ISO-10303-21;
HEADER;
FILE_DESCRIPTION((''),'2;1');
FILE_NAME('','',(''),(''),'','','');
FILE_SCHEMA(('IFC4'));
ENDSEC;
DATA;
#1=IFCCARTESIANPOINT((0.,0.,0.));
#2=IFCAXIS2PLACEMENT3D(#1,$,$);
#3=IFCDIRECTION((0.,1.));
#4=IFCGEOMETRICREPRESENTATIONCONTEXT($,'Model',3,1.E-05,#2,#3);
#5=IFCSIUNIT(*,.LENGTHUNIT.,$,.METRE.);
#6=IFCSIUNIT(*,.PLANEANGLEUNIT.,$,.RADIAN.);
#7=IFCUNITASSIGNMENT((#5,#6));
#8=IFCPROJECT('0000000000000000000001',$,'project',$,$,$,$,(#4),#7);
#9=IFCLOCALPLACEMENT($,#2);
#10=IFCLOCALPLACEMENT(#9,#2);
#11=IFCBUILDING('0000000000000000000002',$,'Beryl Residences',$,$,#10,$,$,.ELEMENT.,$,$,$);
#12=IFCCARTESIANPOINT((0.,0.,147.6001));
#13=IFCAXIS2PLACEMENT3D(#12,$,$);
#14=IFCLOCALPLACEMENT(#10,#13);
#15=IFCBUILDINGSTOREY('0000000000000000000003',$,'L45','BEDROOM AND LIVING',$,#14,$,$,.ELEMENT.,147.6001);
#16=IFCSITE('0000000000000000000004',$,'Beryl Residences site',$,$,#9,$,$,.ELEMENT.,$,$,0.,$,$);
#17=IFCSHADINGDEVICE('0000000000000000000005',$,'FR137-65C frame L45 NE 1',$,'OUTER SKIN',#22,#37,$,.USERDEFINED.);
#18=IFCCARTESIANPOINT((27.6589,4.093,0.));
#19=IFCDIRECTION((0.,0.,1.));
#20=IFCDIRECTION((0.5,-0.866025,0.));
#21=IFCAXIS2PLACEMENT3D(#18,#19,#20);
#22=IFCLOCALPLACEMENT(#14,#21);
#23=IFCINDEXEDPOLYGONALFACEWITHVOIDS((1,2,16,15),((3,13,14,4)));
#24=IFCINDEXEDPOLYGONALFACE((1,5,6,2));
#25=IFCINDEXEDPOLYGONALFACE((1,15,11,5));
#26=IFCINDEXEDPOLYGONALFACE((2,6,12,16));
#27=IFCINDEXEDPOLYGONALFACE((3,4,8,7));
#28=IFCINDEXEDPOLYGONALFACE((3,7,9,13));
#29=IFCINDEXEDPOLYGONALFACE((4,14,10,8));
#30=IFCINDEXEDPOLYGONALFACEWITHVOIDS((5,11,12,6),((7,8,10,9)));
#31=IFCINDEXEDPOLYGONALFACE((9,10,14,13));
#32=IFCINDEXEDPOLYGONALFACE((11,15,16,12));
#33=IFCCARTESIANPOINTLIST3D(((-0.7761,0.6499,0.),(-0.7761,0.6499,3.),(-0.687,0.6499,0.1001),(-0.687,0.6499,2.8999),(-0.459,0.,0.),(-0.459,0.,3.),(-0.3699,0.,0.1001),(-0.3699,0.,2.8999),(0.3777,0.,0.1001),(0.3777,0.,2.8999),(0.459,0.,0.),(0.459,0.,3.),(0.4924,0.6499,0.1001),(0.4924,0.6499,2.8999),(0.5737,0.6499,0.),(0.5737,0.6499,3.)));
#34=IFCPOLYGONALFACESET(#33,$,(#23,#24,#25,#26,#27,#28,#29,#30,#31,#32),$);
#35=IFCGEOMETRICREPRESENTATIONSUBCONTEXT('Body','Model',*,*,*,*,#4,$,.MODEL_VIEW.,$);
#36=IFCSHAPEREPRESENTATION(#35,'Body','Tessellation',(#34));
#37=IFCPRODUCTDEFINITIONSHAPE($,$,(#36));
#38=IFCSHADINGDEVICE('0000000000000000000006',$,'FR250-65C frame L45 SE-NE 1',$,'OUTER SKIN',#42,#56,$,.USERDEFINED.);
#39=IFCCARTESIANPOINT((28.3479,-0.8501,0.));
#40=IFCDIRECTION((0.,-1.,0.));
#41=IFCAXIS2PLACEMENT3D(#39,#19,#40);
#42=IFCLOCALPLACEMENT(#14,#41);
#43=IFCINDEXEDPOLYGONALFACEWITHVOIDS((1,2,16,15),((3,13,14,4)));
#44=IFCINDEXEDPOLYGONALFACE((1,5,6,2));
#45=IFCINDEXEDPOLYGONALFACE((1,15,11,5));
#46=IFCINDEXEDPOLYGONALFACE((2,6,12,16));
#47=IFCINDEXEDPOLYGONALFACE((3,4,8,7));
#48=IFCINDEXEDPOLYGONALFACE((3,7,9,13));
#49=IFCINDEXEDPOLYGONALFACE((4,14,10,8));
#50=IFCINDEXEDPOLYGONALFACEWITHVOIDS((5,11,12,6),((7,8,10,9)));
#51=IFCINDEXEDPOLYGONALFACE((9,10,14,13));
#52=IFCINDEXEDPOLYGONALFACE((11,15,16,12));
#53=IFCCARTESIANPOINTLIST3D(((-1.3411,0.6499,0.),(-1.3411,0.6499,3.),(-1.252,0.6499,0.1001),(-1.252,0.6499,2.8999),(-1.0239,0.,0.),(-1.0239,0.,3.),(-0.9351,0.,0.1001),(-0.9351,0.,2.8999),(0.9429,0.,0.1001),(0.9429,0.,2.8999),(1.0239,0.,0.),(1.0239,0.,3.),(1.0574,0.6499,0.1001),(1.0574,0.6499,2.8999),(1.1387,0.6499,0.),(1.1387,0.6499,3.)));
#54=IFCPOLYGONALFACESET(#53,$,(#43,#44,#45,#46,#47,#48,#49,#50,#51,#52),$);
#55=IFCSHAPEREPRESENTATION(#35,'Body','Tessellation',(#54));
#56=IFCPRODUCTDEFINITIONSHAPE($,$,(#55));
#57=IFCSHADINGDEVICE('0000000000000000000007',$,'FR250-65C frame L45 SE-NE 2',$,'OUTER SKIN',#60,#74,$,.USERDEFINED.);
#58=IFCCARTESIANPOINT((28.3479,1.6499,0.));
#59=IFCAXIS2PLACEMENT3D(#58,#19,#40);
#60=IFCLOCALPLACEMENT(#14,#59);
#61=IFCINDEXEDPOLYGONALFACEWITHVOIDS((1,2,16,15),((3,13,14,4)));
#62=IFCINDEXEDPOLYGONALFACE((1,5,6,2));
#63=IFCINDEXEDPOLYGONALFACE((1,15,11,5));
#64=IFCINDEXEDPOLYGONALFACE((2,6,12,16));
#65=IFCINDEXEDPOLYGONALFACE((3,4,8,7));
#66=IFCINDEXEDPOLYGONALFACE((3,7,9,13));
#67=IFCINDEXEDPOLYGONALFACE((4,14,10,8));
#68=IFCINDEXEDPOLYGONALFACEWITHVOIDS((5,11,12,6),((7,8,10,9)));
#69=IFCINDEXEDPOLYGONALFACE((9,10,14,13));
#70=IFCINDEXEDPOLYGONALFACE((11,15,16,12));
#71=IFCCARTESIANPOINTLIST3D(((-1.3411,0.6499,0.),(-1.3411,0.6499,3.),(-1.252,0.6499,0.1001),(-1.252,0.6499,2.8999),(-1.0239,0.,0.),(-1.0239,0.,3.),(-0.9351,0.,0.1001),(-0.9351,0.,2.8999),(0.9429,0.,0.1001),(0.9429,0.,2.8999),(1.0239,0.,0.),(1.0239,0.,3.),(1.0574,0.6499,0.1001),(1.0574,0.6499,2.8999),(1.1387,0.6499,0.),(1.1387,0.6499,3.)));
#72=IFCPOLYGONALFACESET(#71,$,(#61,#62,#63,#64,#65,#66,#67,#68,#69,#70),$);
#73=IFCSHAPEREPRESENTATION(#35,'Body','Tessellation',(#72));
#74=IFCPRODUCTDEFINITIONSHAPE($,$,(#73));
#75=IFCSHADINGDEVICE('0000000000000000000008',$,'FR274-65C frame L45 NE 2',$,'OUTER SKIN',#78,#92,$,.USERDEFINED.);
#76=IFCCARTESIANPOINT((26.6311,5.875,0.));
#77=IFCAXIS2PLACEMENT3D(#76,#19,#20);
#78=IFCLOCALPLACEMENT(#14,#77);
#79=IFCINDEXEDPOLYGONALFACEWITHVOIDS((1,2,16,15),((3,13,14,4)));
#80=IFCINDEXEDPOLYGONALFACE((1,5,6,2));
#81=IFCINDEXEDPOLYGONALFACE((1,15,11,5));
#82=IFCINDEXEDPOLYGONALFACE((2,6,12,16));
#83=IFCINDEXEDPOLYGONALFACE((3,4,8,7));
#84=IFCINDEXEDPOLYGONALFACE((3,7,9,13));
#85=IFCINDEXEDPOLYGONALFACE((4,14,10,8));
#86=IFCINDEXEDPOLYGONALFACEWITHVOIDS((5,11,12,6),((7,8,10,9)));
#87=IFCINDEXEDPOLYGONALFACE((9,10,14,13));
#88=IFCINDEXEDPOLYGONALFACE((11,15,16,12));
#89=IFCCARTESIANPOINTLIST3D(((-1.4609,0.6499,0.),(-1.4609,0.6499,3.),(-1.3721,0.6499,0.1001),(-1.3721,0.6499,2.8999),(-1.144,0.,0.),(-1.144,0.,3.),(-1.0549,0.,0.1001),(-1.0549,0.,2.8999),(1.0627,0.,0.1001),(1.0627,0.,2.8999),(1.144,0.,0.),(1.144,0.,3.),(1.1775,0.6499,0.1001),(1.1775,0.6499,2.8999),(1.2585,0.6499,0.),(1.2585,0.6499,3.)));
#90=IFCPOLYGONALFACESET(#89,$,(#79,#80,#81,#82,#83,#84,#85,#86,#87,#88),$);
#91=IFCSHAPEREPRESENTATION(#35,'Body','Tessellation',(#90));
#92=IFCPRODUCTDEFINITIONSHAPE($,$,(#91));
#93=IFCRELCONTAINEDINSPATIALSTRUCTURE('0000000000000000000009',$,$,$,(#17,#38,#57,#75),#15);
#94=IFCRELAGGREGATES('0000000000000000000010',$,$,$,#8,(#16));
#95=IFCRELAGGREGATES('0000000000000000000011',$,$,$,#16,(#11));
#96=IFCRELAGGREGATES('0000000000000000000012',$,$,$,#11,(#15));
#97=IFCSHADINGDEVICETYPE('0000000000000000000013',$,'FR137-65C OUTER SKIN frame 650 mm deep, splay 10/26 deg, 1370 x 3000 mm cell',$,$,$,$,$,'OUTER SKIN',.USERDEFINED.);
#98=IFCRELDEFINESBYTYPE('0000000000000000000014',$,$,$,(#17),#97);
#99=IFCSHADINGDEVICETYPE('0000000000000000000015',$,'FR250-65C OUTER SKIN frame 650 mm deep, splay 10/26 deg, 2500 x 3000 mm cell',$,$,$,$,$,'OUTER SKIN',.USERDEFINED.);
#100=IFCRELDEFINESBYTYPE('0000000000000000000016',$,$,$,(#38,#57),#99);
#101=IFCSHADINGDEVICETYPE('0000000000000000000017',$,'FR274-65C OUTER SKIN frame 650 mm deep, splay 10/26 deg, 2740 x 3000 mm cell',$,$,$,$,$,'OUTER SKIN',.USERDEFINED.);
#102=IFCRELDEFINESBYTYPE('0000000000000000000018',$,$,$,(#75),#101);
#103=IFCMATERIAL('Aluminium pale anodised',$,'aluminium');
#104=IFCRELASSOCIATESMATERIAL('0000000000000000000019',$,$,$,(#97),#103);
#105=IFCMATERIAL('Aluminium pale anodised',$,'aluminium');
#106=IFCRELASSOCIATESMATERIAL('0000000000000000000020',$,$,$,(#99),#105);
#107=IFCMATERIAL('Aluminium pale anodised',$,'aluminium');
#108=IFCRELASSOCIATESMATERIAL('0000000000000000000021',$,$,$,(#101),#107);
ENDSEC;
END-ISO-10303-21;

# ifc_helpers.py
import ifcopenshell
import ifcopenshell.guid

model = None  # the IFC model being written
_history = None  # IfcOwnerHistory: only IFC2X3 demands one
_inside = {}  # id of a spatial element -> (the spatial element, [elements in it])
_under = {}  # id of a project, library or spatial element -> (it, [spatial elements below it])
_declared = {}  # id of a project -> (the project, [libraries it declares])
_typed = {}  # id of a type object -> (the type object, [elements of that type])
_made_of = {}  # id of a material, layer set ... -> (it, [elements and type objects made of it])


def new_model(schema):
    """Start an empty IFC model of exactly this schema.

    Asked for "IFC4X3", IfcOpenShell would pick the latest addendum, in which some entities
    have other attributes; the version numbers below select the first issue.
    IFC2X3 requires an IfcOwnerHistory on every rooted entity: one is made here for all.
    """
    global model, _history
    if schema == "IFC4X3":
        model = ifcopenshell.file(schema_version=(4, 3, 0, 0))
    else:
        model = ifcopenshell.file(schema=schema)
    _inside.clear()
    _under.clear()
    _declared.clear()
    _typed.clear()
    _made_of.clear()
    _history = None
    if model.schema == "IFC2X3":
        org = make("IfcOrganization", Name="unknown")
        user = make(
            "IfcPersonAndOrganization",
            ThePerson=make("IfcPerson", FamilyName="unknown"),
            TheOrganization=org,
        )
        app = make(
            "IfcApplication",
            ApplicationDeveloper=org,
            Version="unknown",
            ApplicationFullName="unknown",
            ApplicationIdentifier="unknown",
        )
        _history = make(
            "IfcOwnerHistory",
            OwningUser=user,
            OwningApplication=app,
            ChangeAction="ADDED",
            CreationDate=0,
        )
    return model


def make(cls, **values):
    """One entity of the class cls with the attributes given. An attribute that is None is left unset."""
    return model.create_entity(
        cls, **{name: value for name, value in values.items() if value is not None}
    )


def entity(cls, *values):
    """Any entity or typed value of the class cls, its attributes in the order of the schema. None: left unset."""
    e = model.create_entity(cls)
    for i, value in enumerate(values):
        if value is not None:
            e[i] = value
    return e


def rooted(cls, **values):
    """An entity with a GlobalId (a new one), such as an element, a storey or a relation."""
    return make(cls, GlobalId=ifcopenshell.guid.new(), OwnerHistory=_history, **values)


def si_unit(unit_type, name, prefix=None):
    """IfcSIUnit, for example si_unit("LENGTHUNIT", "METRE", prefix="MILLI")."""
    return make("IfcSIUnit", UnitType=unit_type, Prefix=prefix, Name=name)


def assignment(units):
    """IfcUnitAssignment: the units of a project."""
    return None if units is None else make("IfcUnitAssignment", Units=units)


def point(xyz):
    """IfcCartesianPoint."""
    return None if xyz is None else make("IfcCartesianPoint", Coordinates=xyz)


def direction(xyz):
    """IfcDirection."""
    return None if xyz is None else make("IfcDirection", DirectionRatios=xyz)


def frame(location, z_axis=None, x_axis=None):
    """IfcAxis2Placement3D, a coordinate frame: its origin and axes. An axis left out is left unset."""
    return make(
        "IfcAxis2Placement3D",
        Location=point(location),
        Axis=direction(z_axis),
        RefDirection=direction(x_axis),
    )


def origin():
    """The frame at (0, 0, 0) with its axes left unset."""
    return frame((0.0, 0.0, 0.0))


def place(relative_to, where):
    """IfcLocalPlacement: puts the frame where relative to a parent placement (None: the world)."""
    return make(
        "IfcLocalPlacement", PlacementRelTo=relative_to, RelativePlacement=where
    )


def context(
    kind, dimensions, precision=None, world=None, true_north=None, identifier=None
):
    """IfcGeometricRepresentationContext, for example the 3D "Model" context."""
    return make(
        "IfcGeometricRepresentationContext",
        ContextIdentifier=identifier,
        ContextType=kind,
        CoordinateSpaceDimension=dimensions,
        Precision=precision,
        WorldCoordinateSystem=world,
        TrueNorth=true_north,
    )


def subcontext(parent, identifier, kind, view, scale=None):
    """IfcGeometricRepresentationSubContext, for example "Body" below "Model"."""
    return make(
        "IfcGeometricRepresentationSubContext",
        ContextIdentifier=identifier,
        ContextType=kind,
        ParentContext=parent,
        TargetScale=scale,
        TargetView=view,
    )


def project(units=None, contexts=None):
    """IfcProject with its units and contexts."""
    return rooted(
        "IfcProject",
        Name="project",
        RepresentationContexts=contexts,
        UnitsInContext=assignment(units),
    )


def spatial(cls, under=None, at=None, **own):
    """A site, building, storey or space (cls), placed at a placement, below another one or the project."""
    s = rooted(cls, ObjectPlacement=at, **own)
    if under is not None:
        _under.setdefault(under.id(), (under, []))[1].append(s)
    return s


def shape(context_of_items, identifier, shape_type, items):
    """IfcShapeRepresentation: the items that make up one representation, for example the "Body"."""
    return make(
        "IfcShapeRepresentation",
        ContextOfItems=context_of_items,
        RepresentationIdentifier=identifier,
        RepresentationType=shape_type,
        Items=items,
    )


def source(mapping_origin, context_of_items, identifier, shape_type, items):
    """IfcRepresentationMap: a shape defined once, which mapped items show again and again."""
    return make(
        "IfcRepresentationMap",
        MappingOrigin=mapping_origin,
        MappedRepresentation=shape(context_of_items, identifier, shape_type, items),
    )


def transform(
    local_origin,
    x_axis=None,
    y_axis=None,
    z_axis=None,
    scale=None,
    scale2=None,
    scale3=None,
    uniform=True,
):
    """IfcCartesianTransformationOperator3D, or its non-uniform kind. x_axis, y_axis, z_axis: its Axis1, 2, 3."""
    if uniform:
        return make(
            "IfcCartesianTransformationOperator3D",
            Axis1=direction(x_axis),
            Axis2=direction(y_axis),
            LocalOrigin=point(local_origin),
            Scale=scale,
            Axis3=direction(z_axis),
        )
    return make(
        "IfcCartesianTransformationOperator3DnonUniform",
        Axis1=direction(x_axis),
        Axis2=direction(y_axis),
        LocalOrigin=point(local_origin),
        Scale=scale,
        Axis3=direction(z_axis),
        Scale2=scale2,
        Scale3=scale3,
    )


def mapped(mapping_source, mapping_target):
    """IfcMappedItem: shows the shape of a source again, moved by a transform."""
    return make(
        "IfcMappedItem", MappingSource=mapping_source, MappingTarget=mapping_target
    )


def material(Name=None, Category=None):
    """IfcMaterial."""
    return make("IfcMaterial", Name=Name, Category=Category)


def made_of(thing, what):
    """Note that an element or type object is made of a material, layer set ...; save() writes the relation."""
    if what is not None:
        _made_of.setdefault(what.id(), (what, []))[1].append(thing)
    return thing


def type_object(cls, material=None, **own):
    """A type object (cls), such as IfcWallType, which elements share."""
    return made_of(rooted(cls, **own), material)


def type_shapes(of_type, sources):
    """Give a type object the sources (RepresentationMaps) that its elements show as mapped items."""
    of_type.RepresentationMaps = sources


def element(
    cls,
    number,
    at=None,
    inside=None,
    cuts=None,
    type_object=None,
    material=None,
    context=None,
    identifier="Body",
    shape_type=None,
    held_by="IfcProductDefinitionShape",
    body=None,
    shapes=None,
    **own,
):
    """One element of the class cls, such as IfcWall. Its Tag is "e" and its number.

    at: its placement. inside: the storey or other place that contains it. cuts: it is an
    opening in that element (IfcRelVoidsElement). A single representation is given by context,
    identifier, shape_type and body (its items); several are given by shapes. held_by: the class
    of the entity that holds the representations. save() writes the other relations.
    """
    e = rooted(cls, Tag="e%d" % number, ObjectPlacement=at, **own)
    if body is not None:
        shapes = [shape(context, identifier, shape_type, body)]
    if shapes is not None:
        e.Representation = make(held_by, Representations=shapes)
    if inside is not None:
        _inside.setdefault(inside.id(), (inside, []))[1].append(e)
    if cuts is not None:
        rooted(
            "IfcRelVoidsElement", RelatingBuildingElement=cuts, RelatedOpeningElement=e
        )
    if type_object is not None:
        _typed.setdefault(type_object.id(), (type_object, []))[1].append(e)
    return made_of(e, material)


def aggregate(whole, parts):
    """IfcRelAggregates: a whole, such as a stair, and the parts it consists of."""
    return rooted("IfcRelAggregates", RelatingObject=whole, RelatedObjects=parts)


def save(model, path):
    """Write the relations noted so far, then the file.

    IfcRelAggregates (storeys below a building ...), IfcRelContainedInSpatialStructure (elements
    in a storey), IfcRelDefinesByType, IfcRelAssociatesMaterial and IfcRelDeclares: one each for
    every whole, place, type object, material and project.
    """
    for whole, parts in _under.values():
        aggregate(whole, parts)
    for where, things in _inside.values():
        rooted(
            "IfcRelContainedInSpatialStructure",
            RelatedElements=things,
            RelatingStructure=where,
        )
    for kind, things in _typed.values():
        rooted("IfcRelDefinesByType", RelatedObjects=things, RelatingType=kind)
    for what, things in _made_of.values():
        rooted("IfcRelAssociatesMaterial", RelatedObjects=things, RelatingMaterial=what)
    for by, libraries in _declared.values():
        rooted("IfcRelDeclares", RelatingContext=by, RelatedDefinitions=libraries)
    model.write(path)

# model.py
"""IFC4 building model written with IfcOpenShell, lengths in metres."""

from ifc_helpers import new_model, entity, si_unit, direction, frame, origin, place, context, subcontext, project, spatial, source, transform, mapped, material, type_object, type_shapes, element, save


model = new_model("IFC4")

# Units and contexts
model_context = context("Model", 3, precision=1e-05, world=origin(), true_north=direction((0.0, 1.0)))
body_context = subcontext(model_context, "Body", "Model", "MODEL_VIEW")
ifc_project = project(units=[si_unit("LENGTHUNIT", "METRE"), si_unit("PLANEANGLEUNIT", "RADIAN")], contexts=[model_context])

# Site, building, storey
site_placement = place(None, origin())
site = spatial("IfcSite", under=ifc_project, at=site_placement, Name="Beryl Residences site", CompositionType="ELEMENT", RefElevation=0.0)
building_placement = place(site_placement, origin())
building = spatial("IfcBuilding", under=site, at=building_placement, Name="Beryl Residences", CompositionType="ELEMENT")
storey_placement = place(building_placement, frame((0.0, 0.0, 147.6001)))
storey = spatial("IfcBuildingStorey", under=building, at=storey_placement, Name="L45", Description="BEDROOM AND LIVING", CompositionType="ELEMENT", Elevation=147.6001)

# Shading devices
ifc_material_1 = material(Name="Aluminium pale anodised", Category="aluminium")
shading_device_type_1 = type_object("IfcShadingDeviceType", Name="FR137-65C OUTER SKIN frame 650 mm deep, splay 10/26 deg, 1370 x 3000 mm cell", ElementType="OUTER SKIN", PredefinedType="USERDEFINED", material=ifc_material_1)
cartesian_point_1 = entity("IfcCartesianPoint", [-0.459, 0.0])
cartesian_point_2 = entity("IfcCartesianPoint", [-0.3777, 0.1001])
cartesian_point_3 = entity("IfcCartesianPoint", [-0.5737, 0.0])
cartesian_point_4 = entity("IfcCartesianPoint", [-0.4924, 0.1001])
shared_shape_1 = source(origin(), body_context, "Body", "SweptSolid", [
    entity("IfcExtrudedAreaSolidTapered", entity("IfcArbitraryProfileDefWithVoids", "AREA", None, entity("IfcPolyline", [cartesian_point_1, entity("IfcCartesianPoint", [0.459, 0.0]), entity("IfcCartesianPoint", [0.459, 3.0]), entity("IfcCartesianPoint", [-0.459, 3.0]), cartesian_point_1]), [entity("IfcPolyline", [cartesian_point_2, entity("IfcCartesianPoint", [0.3699, 0.1001]), entity("IfcCartesianPoint", [0.3699, 2.8999]), entity("IfcCartesianPoint", [-0.3777, 2.8999]), cartesian_point_2])]), entity("IfcAxis2Placement3D", entity("IfcCartesianPoint", [0.0, 0.0, 0.0]), entity("IfcDirection", [0.0, 1.0, 0.0]), entity("IfcDirection", [-1.0, 0.0, 0.0])), entity("IfcDirection", [0.0, 0.0, 1.0]), 0.6499, entity("IfcArbitraryProfileDefWithVoids", "AREA", None, entity("IfcPolyline", [cartesian_point_3, entity("IfcCartesianPoint", [0.7761, 0.0]), entity("IfcCartesianPoint", [0.7761, 3.0]), entity("IfcCartesianPoint", [-0.5737, 3.0]), cartesian_point_3]), [entity("IfcPolyline", [cartesian_point_4, entity("IfcCartesianPoint", [0.687, 0.1001]), entity("IfcCartesianPoint", [0.687, 2.8999]), entity("IfcCartesianPoint", [-0.4924, 2.8999]), cartesian_point_4])])),
])
type_shapes(shading_device_type_1, [shared_shape_1])
shading_device_1_placement = place(storey_placement, frame((27.6589, 4.093, 0.0), z_axis=(0.0, 0.0, 1.0), x_axis=(0.5, -0.866025, 0.0)))
element("IfcShadingDevice", 1, at=shading_device_1_placement, inside=storey, type_object=shading_device_type_1, Name="FR137-65C frame L45 NE 1", ObjectType="OUTER SKIN", PredefinedType="USERDEFINED", context=body_context, shape_type="MappedRepresentation", body=[
    mapped(shared_shape_1, transform((0.0, 0.0, 0.0))),
])
ifc_material_2 = material(Name="Aluminium pale anodised", Category="aluminium")
shading_device_type_2 = type_object("IfcShadingDeviceType", Name="FR250-65C OUTER SKIN frame 650 mm deep, splay 10/26 deg, 2500 x 3000 mm cell", ElementType="OUTER SKIN", PredefinedType="USERDEFINED", material=ifc_material_2)
cartesian_point_5 = entity("IfcCartesianPoint", [-1.0239, 0.0])
cartesian_point_6 = entity("IfcCartesianPoint", [-0.9429, 0.1001])
cartesian_point_7 = entity("IfcCartesianPoint", [-1.1387, 0.0])
cartesian_point_8 = entity("IfcCartesianPoint", [-1.0574, 0.1001])
shared_shape_2 = source(origin(), body_context, "Body", "SweptSolid", [
    entity("IfcExtrudedAreaSolidTapered", entity("IfcArbitraryProfileDefWithVoids", "AREA", None, entity("IfcPolyline", [cartesian_point_5, entity("IfcCartesianPoint", [1.0239, 0.0]), entity("IfcCartesianPoint", [1.0239, 3.0]), entity("IfcCartesianPoint", [-1.0239, 3.0]), cartesian_point_5]), [entity("IfcPolyline", [cartesian_point_6, entity("IfcCartesianPoint", [0.9351, 0.1001]), entity("IfcCartesianPoint", [0.9351, 2.8999]), entity("IfcCartesianPoint", [-0.9429, 2.8999]), cartesian_point_6])]), entity("IfcAxis2Placement3D", entity("IfcCartesianPoint", [0.0, 0.0, 0.0]), entity("IfcDirection", [0.0, 1.0, 0.0]), entity("IfcDirection", [-1.0, 0.0, 0.0])), entity("IfcDirection", [0.0, 0.0, 1.0]), 0.6499, entity("IfcArbitraryProfileDefWithVoids", "AREA", None, entity("IfcPolyline", [cartesian_point_7, entity("IfcCartesianPoint", [1.3411, 0.0]), entity("IfcCartesianPoint", [1.3411, 3.0]), entity("IfcCartesianPoint", [-1.1387, 3.0]), cartesian_point_7]), [entity("IfcPolyline", [cartesian_point_8, entity("IfcCartesianPoint", [1.252, 0.1001]), entity("IfcCartesianPoint", [1.252, 2.8999]), entity("IfcCartesianPoint", [-1.0574, 2.8999]), cartesian_point_8])])),
])
type_shapes(shading_device_type_2, [shared_shape_2])
for number, where, z_axis, x_axis, name in (
    (2, (28.3479, -0.8501, 0.0), (0.0, 0.0, 1.0), (0.0, -1.0, 0.0), "FR250-65C frame L45 SE-NE 1"),
    (3, (28.3479, 1.6499, 0.0), (0.0, 0.0, 1.0), (0.0, -1.0, 0.0), "FR250-65C frame L45 SE-NE 2"),
):
    element("IfcShadingDevice", number, at=place(storey_placement, frame(where, z_axis=z_axis, x_axis=x_axis)), inside=storey, type_object=shading_device_type_2, Name=name, ObjectType="OUTER SKIN", PredefinedType="USERDEFINED", context=body_context, shape_type="MappedRepresentation", body=[
        mapped(shared_shape_2, transform((0.0, 0.0, 0.0))),
    ])
ifc_material_3 = material(Name="Aluminium pale anodised", Category="aluminium")
shading_device_type_3 = type_object("IfcShadingDeviceType", Name="FR274-65C OUTER SKIN frame 650 mm deep, splay 10/26 deg, 2740 x 3000 mm cell", ElementType="OUTER SKIN", PredefinedType="USERDEFINED", material=ifc_material_3)
cartesian_point_9 = entity("IfcCartesianPoint", [-1.144, 0.0])
cartesian_point_10 = entity("IfcCartesianPoint", [-1.0627, 0.1001])
cartesian_point_11 = entity("IfcCartesianPoint", [-1.2585, 0.0])
cartesian_point_12 = entity("IfcCartesianPoint", [-1.1775, 0.1001])
shared_shape_3 = source(origin(), body_context, "Body", "SweptSolid", [
    entity("IfcExtrudedAreaSolidTapered", entity("IfcArbitraryProfileDefWithVoids", "AREA", None, entity("IfcPolyline", [cartesian_point_9, entity("IfcCartesianPoint", [1.144, 0.0]), entity("IfcCartesianPoint", [1.144, 3.0]), entity("IfcCartesianPoint", [-1.144, 3.0]), cartesian_point_9]), [entity("IfcPolyline", [cartesian_point_10, entity("IfcCartesianPoint", [1.0549, 0.1001]), entity("IfcCartesianPoint", [1.0549, 2.8999]), entity("IfcCartesianPoint", [-1.0627, 2.8999]), cartesian_point_10])]), entity("IfcAxis2Placement3D", entity("IfcCartesianPoint", [0.0, 0.0, 0.0]), entity("IfcDirection", [0.0, 1.0, 0.0]), entity("IfcDirection", [-1.0, 0.0, 0.0])), entity("IfcDirection", [0.0, 0.0, 1.0]), 0.6499, entity("IfcArbitraryProfileDefWithVoids", "AREA", None, entity("IfcPolyline", [cartesian_point_11, entity("IfcCartesianPoint", [1.4609, 0.0]), entity("IfcCartesianPoint", [1.4609, 3.0]), entity("IfcCartesianPoint", [-1.2585, 3.0]), cartesian_point_11]), [entity("IfcPolyline", [cartesian_point_12, entity("IfcCartesianPoint", [1.3721, 0.1001]), entity("IfcCartesianPoint", [1.3721, 2.8999]), entity("IfcCartesianPoint", [-1.1775, 2.8999]), cartesian_point_12])])),
])
type_shapes(shading_device_type_3, [shared_shape_3])
shading_device_2_placement = place(storey_placement, frame((26.6311, 5.875, 0.0), z_axis=(0.0, 0.0, 1.0), x_axis=(0.5, -0.866025, 0.0)))
element("IfcShadingDevice", 4, at=shading_device_2_placement, inside=storey, type_object=shading_device_type_3, Name="FR274-65C frame L45 NE 2", ObjectType="OUTER SKIN", PredefinedType="USERDEFINED", context=body_context, shape_type="MappedRepresentation", body=[
    mapped(shared_shape_3, transform((0.0, 0.0, 0.0))),
])

save(model, "model.ifc")
